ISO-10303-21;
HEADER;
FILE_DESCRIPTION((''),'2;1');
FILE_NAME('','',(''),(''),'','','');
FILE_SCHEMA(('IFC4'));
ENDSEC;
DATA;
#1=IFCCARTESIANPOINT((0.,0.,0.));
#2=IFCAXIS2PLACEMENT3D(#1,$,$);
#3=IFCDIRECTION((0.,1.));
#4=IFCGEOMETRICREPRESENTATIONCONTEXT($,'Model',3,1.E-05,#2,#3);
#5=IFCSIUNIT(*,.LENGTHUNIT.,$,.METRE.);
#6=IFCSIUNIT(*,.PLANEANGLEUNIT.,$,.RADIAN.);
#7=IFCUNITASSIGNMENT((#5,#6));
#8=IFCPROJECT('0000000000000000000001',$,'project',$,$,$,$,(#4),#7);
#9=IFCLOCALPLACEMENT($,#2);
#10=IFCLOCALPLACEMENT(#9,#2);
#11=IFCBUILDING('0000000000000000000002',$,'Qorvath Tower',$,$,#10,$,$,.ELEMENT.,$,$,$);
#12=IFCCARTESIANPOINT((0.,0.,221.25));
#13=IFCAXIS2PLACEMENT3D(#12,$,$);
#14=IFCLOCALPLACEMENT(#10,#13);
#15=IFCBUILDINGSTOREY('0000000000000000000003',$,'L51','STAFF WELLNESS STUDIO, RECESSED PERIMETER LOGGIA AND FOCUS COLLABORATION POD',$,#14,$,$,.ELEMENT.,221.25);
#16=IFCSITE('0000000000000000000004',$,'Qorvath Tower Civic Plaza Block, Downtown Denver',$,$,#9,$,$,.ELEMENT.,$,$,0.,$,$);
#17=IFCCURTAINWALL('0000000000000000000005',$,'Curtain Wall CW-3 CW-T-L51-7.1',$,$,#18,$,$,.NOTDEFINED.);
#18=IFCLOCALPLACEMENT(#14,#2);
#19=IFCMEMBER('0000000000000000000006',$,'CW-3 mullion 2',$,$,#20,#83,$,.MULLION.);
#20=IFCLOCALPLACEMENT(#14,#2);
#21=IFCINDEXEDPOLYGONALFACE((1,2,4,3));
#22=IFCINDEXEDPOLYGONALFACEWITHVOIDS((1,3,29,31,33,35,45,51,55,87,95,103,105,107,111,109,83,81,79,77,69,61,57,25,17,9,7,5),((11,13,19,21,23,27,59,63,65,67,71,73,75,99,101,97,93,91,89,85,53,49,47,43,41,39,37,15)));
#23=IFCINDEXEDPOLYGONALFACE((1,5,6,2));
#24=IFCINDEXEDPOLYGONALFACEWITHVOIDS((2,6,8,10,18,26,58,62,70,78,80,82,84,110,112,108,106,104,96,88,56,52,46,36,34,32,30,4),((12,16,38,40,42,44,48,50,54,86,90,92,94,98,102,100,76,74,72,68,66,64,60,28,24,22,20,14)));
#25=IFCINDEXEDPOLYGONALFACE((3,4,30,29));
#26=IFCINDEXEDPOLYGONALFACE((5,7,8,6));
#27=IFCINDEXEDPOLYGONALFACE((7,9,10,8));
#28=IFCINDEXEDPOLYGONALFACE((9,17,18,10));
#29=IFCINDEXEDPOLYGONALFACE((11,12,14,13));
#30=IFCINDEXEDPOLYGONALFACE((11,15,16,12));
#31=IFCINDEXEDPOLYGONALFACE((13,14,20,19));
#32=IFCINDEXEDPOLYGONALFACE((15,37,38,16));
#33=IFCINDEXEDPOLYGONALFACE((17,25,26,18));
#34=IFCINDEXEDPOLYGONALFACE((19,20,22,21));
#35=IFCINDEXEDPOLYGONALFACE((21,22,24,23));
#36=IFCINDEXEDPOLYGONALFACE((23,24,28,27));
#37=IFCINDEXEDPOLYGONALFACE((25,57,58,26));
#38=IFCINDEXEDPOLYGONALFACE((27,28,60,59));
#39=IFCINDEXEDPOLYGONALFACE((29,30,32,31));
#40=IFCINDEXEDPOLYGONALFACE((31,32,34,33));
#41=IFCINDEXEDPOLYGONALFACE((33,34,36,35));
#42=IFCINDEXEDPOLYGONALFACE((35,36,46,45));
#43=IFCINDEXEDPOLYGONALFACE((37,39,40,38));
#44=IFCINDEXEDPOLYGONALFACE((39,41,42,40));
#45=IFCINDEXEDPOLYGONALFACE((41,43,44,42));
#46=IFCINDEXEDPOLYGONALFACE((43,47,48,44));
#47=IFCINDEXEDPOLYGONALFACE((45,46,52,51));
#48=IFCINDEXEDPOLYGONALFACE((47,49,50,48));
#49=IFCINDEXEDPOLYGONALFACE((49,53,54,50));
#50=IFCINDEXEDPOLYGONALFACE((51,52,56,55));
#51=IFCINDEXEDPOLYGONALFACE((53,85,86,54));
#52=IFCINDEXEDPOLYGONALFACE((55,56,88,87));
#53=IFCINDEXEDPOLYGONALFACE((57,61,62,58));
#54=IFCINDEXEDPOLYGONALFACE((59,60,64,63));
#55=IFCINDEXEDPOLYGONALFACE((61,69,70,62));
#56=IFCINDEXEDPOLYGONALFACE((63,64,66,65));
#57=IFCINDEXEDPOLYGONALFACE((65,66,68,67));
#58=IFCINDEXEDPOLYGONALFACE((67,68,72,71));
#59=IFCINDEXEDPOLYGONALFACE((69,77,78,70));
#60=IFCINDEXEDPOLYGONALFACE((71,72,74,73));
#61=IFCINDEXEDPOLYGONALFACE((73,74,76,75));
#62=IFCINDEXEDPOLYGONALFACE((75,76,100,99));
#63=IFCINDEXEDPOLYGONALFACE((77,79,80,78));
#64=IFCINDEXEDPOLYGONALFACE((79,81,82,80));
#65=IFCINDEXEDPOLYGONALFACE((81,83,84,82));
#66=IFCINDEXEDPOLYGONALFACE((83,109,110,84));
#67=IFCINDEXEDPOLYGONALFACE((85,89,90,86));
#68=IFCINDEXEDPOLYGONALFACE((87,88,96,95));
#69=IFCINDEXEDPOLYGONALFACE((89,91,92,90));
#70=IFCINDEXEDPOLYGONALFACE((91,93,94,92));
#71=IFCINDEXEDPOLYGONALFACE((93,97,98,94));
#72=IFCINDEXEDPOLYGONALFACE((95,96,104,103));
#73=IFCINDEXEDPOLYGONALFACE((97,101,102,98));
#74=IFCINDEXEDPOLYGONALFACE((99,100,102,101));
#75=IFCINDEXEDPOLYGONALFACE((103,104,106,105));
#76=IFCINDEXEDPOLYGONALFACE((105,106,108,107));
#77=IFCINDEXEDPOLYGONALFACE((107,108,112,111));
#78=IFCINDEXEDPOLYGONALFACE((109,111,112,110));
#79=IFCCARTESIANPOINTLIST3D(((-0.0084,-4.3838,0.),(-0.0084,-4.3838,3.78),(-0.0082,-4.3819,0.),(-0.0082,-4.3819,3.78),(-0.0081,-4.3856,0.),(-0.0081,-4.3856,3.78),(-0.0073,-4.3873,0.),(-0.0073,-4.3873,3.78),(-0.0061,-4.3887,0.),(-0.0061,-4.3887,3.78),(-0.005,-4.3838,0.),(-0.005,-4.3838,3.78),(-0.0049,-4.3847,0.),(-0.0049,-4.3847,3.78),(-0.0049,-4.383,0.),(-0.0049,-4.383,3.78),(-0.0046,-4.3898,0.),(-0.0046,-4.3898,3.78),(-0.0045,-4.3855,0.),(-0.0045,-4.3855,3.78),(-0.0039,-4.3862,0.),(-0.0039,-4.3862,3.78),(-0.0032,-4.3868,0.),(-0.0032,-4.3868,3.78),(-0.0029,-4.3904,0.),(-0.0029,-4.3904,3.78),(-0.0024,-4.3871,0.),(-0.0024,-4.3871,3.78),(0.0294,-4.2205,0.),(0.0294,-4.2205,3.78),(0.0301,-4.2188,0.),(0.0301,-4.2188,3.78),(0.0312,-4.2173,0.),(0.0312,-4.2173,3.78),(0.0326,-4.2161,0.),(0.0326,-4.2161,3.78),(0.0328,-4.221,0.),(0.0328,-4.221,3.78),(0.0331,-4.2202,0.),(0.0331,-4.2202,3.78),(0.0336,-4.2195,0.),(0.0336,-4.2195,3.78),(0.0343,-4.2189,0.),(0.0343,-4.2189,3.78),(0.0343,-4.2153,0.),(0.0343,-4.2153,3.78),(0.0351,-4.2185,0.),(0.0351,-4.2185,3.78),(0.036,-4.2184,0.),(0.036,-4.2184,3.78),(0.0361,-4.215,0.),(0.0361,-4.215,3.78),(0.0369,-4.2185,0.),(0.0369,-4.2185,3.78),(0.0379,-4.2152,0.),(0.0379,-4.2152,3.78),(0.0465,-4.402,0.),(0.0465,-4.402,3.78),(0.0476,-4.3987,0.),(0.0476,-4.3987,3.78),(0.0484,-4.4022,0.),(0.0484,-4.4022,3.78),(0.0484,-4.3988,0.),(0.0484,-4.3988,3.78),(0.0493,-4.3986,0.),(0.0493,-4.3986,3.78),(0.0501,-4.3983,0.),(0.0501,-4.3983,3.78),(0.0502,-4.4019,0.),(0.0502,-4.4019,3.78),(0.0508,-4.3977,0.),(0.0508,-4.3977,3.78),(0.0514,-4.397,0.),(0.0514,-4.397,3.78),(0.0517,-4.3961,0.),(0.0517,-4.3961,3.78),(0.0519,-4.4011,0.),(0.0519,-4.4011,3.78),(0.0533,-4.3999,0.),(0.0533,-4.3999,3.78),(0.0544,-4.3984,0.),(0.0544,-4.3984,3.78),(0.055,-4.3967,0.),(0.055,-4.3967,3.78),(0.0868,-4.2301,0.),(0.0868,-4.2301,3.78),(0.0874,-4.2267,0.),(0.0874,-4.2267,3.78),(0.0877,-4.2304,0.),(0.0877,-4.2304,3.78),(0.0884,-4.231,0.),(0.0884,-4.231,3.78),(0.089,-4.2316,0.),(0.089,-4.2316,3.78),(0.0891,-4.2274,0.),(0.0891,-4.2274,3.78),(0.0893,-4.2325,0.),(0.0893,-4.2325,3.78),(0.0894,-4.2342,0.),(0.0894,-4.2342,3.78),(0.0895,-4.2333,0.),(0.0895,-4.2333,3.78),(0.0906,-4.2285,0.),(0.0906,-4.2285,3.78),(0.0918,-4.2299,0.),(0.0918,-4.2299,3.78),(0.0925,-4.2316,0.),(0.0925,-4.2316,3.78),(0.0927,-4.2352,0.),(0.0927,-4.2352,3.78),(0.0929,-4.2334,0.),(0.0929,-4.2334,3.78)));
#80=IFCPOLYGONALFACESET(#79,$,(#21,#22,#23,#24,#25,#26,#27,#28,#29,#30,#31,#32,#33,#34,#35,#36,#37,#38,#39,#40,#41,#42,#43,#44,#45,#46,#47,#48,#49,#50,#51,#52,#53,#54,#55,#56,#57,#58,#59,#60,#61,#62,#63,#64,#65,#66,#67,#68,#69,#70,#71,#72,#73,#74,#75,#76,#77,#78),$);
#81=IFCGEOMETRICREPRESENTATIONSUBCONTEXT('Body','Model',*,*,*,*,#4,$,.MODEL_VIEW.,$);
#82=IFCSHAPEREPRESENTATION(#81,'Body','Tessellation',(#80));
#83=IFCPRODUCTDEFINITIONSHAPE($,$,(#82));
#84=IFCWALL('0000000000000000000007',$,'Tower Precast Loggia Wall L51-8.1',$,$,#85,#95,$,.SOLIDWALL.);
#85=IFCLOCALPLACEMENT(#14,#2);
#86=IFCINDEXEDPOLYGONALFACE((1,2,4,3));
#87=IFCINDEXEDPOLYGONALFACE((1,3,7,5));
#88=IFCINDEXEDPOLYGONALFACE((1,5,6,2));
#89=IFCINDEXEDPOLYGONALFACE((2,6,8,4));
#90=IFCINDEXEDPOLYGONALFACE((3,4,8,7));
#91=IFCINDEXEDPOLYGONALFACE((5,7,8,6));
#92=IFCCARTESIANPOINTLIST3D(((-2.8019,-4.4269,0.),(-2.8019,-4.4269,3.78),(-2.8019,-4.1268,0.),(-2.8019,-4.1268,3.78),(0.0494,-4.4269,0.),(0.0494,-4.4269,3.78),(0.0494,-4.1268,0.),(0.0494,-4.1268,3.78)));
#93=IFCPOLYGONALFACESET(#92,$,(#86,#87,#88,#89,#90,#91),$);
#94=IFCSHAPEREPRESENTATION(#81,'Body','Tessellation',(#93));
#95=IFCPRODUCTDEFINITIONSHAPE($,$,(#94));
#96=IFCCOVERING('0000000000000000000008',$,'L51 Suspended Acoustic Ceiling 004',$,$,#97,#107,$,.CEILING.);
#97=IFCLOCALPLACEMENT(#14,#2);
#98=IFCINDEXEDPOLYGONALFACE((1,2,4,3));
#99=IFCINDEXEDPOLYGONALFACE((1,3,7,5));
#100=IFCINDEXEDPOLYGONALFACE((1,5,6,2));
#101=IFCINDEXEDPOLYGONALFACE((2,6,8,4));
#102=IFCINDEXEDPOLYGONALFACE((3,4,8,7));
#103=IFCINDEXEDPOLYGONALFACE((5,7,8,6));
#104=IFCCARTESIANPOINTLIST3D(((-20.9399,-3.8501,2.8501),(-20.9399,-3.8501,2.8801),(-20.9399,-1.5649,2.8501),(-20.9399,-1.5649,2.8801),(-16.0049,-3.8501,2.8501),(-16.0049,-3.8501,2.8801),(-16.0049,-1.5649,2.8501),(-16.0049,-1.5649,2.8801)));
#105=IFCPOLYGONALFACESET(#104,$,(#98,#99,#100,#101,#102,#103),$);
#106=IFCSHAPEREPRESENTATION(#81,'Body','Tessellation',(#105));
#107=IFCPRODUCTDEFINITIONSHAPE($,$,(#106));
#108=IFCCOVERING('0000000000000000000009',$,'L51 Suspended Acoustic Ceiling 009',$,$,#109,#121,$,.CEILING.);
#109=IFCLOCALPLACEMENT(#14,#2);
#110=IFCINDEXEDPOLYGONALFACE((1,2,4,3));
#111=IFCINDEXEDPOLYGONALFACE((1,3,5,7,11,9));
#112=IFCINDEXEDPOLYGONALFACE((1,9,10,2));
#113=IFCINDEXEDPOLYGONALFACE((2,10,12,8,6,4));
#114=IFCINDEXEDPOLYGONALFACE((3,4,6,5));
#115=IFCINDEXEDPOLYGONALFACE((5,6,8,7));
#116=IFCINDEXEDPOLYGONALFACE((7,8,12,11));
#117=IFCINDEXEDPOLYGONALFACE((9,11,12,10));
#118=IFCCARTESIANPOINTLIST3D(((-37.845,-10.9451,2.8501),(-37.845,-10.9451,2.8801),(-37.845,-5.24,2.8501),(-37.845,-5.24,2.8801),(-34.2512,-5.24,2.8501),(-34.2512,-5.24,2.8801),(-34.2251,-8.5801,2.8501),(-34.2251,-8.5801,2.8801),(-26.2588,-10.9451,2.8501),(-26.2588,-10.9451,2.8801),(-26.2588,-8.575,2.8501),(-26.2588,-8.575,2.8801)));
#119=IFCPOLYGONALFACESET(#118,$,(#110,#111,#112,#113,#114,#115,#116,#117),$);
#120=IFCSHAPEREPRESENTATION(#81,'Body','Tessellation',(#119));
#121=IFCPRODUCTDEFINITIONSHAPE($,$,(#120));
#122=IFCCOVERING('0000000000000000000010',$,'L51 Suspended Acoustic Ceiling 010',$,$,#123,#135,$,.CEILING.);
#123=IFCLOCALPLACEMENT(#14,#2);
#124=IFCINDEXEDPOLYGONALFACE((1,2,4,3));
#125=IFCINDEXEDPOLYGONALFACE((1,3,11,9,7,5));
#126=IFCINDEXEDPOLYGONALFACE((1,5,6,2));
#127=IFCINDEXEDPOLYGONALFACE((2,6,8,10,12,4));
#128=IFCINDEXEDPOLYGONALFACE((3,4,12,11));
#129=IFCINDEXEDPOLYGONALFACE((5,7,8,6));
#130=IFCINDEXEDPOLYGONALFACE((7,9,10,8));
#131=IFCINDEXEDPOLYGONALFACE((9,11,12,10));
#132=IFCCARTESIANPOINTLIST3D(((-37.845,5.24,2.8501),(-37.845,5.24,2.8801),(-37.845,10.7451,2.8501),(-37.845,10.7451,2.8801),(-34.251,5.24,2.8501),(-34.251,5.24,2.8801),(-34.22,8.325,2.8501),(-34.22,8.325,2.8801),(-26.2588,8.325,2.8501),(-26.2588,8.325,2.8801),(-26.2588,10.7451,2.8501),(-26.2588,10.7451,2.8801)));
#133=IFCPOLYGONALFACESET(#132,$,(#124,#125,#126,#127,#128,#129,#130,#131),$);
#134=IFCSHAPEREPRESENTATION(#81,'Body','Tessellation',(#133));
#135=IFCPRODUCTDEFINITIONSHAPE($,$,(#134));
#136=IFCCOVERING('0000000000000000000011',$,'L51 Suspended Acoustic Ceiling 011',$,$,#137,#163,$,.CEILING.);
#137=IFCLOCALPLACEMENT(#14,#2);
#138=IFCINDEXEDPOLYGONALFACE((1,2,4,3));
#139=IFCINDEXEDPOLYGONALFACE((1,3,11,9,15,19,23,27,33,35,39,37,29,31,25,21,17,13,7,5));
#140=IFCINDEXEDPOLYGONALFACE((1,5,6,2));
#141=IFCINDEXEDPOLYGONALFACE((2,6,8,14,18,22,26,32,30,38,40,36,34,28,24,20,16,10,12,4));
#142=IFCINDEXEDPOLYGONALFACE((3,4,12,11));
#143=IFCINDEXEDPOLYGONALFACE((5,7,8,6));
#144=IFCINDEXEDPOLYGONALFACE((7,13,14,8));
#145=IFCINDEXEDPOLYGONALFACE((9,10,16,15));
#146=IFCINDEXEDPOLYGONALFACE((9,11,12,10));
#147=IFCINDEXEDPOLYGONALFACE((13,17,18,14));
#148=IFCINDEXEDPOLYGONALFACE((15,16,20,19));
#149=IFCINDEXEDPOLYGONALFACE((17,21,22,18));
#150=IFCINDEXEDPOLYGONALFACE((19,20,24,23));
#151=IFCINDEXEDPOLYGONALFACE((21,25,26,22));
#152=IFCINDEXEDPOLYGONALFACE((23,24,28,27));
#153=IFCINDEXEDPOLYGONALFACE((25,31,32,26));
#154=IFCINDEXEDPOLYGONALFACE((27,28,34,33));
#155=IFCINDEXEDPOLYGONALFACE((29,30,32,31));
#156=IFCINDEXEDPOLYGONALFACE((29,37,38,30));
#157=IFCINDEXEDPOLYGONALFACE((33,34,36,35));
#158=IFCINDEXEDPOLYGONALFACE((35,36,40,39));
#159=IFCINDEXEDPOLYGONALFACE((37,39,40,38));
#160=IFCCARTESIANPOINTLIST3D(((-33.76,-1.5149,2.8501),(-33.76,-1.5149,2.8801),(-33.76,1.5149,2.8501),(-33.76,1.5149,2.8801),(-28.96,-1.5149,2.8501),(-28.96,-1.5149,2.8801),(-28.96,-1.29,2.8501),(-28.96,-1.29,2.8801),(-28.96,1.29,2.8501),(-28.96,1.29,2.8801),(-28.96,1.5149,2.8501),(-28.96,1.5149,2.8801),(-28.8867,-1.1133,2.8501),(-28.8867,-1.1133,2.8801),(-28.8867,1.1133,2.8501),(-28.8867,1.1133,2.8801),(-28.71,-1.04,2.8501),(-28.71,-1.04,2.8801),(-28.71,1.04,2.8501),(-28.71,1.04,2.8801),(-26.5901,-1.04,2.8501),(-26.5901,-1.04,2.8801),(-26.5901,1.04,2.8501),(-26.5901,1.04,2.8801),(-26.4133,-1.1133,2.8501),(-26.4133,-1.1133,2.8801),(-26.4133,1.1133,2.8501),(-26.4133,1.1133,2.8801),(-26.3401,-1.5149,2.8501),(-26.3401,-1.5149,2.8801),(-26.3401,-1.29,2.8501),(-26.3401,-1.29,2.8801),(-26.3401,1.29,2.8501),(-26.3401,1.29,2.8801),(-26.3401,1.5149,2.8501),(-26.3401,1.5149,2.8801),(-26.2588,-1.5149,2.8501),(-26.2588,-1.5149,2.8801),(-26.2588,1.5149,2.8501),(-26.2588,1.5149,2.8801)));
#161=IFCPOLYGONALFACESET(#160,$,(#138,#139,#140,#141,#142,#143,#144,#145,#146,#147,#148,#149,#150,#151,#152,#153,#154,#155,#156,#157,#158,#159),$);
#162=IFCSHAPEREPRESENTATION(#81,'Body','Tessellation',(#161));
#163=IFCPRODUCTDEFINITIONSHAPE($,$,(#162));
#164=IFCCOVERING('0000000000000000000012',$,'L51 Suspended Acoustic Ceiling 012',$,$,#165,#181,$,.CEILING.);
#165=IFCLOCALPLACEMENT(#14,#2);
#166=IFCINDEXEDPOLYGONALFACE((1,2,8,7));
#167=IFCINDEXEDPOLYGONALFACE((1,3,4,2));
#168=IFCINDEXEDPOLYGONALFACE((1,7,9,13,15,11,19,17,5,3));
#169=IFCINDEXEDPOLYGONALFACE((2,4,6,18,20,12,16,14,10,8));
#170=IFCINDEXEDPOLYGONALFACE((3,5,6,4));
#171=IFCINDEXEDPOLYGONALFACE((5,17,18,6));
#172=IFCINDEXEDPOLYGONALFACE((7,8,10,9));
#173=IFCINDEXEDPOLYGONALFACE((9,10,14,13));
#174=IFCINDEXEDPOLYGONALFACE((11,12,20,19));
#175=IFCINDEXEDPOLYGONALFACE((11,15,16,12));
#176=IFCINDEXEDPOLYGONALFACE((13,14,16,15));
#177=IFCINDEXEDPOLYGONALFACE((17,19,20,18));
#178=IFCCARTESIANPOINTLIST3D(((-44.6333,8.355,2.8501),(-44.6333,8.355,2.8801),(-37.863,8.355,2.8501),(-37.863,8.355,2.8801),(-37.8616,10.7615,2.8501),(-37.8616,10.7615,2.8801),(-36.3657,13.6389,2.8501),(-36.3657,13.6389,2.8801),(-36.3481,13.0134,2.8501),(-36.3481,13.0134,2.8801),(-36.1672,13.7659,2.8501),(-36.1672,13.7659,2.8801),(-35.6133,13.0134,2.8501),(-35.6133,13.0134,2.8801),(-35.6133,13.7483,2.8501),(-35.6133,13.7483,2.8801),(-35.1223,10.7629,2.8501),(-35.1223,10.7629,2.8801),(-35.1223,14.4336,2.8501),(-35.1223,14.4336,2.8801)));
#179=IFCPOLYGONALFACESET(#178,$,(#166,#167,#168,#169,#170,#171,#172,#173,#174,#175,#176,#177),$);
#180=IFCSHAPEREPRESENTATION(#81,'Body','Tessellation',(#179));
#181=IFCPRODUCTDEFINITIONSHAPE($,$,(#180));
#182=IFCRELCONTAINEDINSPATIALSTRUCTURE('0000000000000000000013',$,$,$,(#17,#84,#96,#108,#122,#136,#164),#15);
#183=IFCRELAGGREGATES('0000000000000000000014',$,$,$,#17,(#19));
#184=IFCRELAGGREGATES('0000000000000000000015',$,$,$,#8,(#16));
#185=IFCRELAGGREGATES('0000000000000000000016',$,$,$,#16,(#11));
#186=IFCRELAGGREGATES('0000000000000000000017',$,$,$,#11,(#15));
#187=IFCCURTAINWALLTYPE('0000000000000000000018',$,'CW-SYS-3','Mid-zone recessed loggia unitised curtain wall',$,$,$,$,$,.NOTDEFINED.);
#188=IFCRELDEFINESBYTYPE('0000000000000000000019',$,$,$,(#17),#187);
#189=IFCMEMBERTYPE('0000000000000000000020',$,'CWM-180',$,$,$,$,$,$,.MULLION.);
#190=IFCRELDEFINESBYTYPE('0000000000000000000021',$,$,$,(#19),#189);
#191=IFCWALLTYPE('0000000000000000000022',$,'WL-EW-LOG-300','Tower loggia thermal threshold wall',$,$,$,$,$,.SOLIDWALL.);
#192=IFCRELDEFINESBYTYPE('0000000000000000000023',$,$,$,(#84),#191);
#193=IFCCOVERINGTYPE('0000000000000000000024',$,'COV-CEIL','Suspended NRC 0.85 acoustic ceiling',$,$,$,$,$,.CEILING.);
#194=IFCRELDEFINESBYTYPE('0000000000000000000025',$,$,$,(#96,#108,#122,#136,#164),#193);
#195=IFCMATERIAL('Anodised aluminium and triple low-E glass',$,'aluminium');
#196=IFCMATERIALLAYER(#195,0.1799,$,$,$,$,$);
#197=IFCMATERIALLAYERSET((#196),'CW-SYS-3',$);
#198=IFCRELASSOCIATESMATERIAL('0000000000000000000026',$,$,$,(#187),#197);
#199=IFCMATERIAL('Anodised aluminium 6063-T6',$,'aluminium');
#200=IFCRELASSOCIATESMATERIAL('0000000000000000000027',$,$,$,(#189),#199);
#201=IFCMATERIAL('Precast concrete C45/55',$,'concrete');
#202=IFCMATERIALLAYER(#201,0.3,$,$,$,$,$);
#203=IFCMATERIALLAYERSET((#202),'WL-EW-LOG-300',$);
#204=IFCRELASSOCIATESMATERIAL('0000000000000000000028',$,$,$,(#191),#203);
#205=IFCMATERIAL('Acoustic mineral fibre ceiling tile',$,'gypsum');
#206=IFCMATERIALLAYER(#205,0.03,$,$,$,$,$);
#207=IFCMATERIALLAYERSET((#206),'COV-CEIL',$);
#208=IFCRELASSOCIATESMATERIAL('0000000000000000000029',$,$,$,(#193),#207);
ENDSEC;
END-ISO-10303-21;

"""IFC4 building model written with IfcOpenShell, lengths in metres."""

from ifc_helpers import new_model, si_unit, direction, frame, frame_2d, origin, origin_2d, place, context, subcontext, project, spatial, polyline, rectangle, hollow_rectangle, outline, extrude, material, layer, layer_set, material_profile, profile_set, type_object, element, aggregate, save


model = new_model("IFC4")

# Units and contexts
model_context = context("Model", 3, precision=1e-05, world=origin(), true_north=direction((0.0, 1.0)))
body_context = subcontext(model_context, "Body", "Model", "MODEL_VIEW")
ifc_project = project(units=[si_unit("LENGTHUNIT", "METRE"), si_unit("PLANEANGLEUNIT", "RADIAN")], contexts=[model_context])

# Site, building, storey
site_placement = place(None, origin())
site = spatial("IfcSite", under=ifc_project, at=site_placement, Name="Qorvath Tower Civic Plaza Block, Downtown Denver", CompositionType="ELEMENT", RefElevation=0.0)
building_placement = place(site_placement, origin())
building = spatial("IfcBuilding", under=site, at=building_placement, Name="Qorvath Tower", CompositionType="ELEMENT")
storey_placement = place(building_placement, frame((0.0, 0.0, 221.25)))
storey = spatial("IfcBuildingStorey", under=building, at=storey_placement, Name="L51", Description="STAFF WELLNESS STUDIO, RECESSED PERIMETER LOGGIA AND FOCUS COLLABORATION POD", CompositionType="ELEMENT", Elevation=221.25)

# Curtain wall, member
ifc_material_1 = material(Name="Anodised aluminium and triple low-E glass", Category="aluminium")
ifc_layer_1 = layer(ifc_material_1, 0.1799)
ifc_layer_set_1 = layer_set([ifc_layer_1], Name="CW-SYS-3")
curtain_wall_type = type_object("IfcCurtainWallType", Name="CW-SYS-3", Description="Mid-zone recessed loggia unitised curtain wall", PredefinedType="NOTDEFINED", material=ifc_layer_set_1)
curtain_wall_placement = place(storey_placement, origin())
curtain_wall = element("IfcCurtainWall", 1, at=curtain_wall_placement, inside=storey, type_object=curtain_wall_type, Name="Curtain Wall CW-3 CW-T-L51-7.1", PredefinedType="NOTDEFINED")
ifc_material_2 = material(Name="Anodised aluminium 6063-T6", Category="aluminium")
ifc_material_profile = material_profile(ifc_material_2, hollow_rectangle(XDim=0.0649, YDim=0.1799, WallThickness=0.0034, InnerFilletRadius=0.0034, OuterFilletRadius=0.0071, at=origin_2d()), Name="CWM 180x65")
ifc_profile_set = profile_set([ifc_material_profile], Name="Anodised aluminium 6063-T6")
member_type = type_object("IfcMemberType", Name="CWM-180", PredefinedType="MULLION", material=ifc_profile_set)
member_placement = place(storey_placement, frame((0.0422, -4.3086, 0.0), z_axis=(0.0, 0.0, 1.0), x_axis=(-0.973908, 0.226944, 0.0)))
member = element("IfcMember", 2, at=member_placement, type_object=member_type, Name="CW-3 mullion 2", PredefinedType="MULLION", context=body_context, shape_type="SweptSolid", body=[
    extrude(hollow_rectangle(XDim=0.0649, YDim=0.1799, WallThickness=0.0034, InnerFilletRadius=0.0034, OuterFilletRadius=0.0071, at=origin_2d()), origin(), (0.0, 0.0, 1.0), 3.78),
])
aggregate(curtain_wall, [member])

# Wall
ifc_material_3 = material(Name="Precast concrete C45/55", Category="concrete")
ifc_layer_2 = layer(ifc_material_3, 0.3)
ifc_layer_set_2 = layer_set([ifc_layer_2], Name="WL-EW-LOG-300")
wall_type = type_object("IfcWallType", Name="WL-EW-LOG-300", Description="Tower loggia thermal threshold wall", PredefinedType="SOLIDWALL", material=ifc_layer_set_2)
wall_placement = place(storey_placement, frame((0.0496, -4.2769, 0.0), z_axis=(0.0, 0.0, 1.0), x_axis=(-1.0, 0.0, 0.0)))
element("IfcWall", 3, at=wall_placement, inside=storey, type_object=wall_type, Name="Tower Precast Loggia Wall L51-8.1", PredefinedType="SOLIDWALL", context=body_context, shape_type="SweptSolid", body=[
    extrude(rectangle(XDim=2.8513, YDim=0.3, at=frame_2d((1.4258, 0.0))), origin(), (0.0, 0.0, 1.0), 3.78),
])

# Coverings
ifc_material_4 = material(Name="Acoustic mineral fibre ceiling tile", Category="gypsum")
ifc_layer_3 = layer(ifc_material_4, 0.03)
ifc_layer_set_3 = layer_set([ifc_layer_3], Name="COV-CEIL")
covering_type_1 = type_object("IfcCoveringType", Name="COV-CEIL", Description="Suspended NRC 0.85 acoustic ceiling", PredefinedType="CEILING", material=ifc_layer_set_3)
covering_1_placement = place(storey_placement, frame((0.0, 0.0, 2.8501)))
element("IfcCovering", 4, at=covering_1_placement, inside=storey, type_object=covering_type_1, Name="L51 Suspended Acoustic Ceiling 004", PredefinedType="CEILING", context=body_context, shape_type="SweptSolid", body=[
    extrude(outline(polyline([(-20.9399, -1.5649), (-20.9399, -3.8501), (-16.0049, -3.8501), (-16.0049, -1.5649), (-20.9399, -1.5649)])), origin(), (0.0, 0.0, 1.0), 0.03),
])
covering_2_placement = place(storey_placement, frame((0.0, 0.0, 2.8501)))
element("IfcCovering", 5, at=covering_2_placement, inside=storey, type_object=covering_type_1, Name="L51 Suspended Acoustic Ceiling 009", PredefinedType="CEILING", context=body_context, shape_type="SweptSolid", body=[
    extrude(outline(polyline([(-34.2251, -8.5801), (-34.2512, -5.24), (-37.845, -5.24), (-37.845, -10.9451), (-26.2588, -10.9451), (-26.2588, -8.575), (-34.2251, -8.5801)])), origin(), (0.0, 0.0, 1.0), 0.03),
])
covering_3_placement = place(storey_placement, frame((0.0, 0.0, 2.8501)))
element("IfcCovering", 6, at=covering_3_placement, inside=storey, type_object=covering_type_1, Name="L51 Suspended Acoustic Ceiling 010", PredefinedType="CEILING", context=body_context, shape_type="SweptSolid", body=[
    extrude(outline(polyline([(-26.2588, 8.325), (-26.2588, 10.7451), (-37.845, 10.7451), (-37.845, 5.24), (-34.251, 5.24), (-34.22, 8.325), (-26.2588, 8.325)])), origin(), (0.0, 0.0, 1.0), 0.03),
])
covering_4_placement = place(storey_placement, frame((0.0, 0.0, 2.8501)))
element("IfcCovering", 7, at=covering_4_placement, inside=storey, type_object=covering_type_1, Name="L51 Suspended Acoustic Ceiling 011", PredefinedType="CEILING", context=body_context, shape_type="SweptSolid", body=[
    extrude(outline(polyline([(-26.2588, -1.5149), (-26.2588, 1.5149), (-26.3401, 1.5149), (-26.3401, 1.29), (-26.4133, 1.1133), (-26.5901, 1.04), (-28.71, 1.04), (-28.8867, 1.1133), (-28.96, 1.29), (-28.96, 1.5149), (-33.76, 1.5149), (-33.76, -1.5149), (-28.96, -1.5149), (-28.96, -1.29), (-28.8867, -1.1133), (-28.71, -1.04), (-26.5901, -1.04), (-26.4133, -1.1133), (-26.3401, -1.29), (-26.3401, -1.5149), (-26.2588, -1.5149)])), origin(), (0.0, 0.0, 1.0), 0.03),
])
covering_5_placement = place(storey_placement, frame((0.0, 0.0, 2.8501)))
element("IfcCovering", 8, at=covering_5_placement, inside=storey, type_object=covering_type_1, Name="L51 Suspended Acoustic Ceiling 012", PredefinedType="CEILING", context=body_context, shape_type="SweptSolid", body=[
    extrude(outline(polyline([(-35.1223, 14.4336), (-36.1672, 13.7659), (-35.6133, 13.7483), (-35.6133, 13.0134), (-36.3481, 13.0134), (-36.3657, 13.6389), (-44.6333, 8.355), (-37.863, 8.355), (-37.8616, 10.7615), (-35.1223, 10.7629), (-35.1223, 14.4336)])), origin(), (0.0, 0.0, 1.0), 0.03),
])

save(model, "model.ifc")
